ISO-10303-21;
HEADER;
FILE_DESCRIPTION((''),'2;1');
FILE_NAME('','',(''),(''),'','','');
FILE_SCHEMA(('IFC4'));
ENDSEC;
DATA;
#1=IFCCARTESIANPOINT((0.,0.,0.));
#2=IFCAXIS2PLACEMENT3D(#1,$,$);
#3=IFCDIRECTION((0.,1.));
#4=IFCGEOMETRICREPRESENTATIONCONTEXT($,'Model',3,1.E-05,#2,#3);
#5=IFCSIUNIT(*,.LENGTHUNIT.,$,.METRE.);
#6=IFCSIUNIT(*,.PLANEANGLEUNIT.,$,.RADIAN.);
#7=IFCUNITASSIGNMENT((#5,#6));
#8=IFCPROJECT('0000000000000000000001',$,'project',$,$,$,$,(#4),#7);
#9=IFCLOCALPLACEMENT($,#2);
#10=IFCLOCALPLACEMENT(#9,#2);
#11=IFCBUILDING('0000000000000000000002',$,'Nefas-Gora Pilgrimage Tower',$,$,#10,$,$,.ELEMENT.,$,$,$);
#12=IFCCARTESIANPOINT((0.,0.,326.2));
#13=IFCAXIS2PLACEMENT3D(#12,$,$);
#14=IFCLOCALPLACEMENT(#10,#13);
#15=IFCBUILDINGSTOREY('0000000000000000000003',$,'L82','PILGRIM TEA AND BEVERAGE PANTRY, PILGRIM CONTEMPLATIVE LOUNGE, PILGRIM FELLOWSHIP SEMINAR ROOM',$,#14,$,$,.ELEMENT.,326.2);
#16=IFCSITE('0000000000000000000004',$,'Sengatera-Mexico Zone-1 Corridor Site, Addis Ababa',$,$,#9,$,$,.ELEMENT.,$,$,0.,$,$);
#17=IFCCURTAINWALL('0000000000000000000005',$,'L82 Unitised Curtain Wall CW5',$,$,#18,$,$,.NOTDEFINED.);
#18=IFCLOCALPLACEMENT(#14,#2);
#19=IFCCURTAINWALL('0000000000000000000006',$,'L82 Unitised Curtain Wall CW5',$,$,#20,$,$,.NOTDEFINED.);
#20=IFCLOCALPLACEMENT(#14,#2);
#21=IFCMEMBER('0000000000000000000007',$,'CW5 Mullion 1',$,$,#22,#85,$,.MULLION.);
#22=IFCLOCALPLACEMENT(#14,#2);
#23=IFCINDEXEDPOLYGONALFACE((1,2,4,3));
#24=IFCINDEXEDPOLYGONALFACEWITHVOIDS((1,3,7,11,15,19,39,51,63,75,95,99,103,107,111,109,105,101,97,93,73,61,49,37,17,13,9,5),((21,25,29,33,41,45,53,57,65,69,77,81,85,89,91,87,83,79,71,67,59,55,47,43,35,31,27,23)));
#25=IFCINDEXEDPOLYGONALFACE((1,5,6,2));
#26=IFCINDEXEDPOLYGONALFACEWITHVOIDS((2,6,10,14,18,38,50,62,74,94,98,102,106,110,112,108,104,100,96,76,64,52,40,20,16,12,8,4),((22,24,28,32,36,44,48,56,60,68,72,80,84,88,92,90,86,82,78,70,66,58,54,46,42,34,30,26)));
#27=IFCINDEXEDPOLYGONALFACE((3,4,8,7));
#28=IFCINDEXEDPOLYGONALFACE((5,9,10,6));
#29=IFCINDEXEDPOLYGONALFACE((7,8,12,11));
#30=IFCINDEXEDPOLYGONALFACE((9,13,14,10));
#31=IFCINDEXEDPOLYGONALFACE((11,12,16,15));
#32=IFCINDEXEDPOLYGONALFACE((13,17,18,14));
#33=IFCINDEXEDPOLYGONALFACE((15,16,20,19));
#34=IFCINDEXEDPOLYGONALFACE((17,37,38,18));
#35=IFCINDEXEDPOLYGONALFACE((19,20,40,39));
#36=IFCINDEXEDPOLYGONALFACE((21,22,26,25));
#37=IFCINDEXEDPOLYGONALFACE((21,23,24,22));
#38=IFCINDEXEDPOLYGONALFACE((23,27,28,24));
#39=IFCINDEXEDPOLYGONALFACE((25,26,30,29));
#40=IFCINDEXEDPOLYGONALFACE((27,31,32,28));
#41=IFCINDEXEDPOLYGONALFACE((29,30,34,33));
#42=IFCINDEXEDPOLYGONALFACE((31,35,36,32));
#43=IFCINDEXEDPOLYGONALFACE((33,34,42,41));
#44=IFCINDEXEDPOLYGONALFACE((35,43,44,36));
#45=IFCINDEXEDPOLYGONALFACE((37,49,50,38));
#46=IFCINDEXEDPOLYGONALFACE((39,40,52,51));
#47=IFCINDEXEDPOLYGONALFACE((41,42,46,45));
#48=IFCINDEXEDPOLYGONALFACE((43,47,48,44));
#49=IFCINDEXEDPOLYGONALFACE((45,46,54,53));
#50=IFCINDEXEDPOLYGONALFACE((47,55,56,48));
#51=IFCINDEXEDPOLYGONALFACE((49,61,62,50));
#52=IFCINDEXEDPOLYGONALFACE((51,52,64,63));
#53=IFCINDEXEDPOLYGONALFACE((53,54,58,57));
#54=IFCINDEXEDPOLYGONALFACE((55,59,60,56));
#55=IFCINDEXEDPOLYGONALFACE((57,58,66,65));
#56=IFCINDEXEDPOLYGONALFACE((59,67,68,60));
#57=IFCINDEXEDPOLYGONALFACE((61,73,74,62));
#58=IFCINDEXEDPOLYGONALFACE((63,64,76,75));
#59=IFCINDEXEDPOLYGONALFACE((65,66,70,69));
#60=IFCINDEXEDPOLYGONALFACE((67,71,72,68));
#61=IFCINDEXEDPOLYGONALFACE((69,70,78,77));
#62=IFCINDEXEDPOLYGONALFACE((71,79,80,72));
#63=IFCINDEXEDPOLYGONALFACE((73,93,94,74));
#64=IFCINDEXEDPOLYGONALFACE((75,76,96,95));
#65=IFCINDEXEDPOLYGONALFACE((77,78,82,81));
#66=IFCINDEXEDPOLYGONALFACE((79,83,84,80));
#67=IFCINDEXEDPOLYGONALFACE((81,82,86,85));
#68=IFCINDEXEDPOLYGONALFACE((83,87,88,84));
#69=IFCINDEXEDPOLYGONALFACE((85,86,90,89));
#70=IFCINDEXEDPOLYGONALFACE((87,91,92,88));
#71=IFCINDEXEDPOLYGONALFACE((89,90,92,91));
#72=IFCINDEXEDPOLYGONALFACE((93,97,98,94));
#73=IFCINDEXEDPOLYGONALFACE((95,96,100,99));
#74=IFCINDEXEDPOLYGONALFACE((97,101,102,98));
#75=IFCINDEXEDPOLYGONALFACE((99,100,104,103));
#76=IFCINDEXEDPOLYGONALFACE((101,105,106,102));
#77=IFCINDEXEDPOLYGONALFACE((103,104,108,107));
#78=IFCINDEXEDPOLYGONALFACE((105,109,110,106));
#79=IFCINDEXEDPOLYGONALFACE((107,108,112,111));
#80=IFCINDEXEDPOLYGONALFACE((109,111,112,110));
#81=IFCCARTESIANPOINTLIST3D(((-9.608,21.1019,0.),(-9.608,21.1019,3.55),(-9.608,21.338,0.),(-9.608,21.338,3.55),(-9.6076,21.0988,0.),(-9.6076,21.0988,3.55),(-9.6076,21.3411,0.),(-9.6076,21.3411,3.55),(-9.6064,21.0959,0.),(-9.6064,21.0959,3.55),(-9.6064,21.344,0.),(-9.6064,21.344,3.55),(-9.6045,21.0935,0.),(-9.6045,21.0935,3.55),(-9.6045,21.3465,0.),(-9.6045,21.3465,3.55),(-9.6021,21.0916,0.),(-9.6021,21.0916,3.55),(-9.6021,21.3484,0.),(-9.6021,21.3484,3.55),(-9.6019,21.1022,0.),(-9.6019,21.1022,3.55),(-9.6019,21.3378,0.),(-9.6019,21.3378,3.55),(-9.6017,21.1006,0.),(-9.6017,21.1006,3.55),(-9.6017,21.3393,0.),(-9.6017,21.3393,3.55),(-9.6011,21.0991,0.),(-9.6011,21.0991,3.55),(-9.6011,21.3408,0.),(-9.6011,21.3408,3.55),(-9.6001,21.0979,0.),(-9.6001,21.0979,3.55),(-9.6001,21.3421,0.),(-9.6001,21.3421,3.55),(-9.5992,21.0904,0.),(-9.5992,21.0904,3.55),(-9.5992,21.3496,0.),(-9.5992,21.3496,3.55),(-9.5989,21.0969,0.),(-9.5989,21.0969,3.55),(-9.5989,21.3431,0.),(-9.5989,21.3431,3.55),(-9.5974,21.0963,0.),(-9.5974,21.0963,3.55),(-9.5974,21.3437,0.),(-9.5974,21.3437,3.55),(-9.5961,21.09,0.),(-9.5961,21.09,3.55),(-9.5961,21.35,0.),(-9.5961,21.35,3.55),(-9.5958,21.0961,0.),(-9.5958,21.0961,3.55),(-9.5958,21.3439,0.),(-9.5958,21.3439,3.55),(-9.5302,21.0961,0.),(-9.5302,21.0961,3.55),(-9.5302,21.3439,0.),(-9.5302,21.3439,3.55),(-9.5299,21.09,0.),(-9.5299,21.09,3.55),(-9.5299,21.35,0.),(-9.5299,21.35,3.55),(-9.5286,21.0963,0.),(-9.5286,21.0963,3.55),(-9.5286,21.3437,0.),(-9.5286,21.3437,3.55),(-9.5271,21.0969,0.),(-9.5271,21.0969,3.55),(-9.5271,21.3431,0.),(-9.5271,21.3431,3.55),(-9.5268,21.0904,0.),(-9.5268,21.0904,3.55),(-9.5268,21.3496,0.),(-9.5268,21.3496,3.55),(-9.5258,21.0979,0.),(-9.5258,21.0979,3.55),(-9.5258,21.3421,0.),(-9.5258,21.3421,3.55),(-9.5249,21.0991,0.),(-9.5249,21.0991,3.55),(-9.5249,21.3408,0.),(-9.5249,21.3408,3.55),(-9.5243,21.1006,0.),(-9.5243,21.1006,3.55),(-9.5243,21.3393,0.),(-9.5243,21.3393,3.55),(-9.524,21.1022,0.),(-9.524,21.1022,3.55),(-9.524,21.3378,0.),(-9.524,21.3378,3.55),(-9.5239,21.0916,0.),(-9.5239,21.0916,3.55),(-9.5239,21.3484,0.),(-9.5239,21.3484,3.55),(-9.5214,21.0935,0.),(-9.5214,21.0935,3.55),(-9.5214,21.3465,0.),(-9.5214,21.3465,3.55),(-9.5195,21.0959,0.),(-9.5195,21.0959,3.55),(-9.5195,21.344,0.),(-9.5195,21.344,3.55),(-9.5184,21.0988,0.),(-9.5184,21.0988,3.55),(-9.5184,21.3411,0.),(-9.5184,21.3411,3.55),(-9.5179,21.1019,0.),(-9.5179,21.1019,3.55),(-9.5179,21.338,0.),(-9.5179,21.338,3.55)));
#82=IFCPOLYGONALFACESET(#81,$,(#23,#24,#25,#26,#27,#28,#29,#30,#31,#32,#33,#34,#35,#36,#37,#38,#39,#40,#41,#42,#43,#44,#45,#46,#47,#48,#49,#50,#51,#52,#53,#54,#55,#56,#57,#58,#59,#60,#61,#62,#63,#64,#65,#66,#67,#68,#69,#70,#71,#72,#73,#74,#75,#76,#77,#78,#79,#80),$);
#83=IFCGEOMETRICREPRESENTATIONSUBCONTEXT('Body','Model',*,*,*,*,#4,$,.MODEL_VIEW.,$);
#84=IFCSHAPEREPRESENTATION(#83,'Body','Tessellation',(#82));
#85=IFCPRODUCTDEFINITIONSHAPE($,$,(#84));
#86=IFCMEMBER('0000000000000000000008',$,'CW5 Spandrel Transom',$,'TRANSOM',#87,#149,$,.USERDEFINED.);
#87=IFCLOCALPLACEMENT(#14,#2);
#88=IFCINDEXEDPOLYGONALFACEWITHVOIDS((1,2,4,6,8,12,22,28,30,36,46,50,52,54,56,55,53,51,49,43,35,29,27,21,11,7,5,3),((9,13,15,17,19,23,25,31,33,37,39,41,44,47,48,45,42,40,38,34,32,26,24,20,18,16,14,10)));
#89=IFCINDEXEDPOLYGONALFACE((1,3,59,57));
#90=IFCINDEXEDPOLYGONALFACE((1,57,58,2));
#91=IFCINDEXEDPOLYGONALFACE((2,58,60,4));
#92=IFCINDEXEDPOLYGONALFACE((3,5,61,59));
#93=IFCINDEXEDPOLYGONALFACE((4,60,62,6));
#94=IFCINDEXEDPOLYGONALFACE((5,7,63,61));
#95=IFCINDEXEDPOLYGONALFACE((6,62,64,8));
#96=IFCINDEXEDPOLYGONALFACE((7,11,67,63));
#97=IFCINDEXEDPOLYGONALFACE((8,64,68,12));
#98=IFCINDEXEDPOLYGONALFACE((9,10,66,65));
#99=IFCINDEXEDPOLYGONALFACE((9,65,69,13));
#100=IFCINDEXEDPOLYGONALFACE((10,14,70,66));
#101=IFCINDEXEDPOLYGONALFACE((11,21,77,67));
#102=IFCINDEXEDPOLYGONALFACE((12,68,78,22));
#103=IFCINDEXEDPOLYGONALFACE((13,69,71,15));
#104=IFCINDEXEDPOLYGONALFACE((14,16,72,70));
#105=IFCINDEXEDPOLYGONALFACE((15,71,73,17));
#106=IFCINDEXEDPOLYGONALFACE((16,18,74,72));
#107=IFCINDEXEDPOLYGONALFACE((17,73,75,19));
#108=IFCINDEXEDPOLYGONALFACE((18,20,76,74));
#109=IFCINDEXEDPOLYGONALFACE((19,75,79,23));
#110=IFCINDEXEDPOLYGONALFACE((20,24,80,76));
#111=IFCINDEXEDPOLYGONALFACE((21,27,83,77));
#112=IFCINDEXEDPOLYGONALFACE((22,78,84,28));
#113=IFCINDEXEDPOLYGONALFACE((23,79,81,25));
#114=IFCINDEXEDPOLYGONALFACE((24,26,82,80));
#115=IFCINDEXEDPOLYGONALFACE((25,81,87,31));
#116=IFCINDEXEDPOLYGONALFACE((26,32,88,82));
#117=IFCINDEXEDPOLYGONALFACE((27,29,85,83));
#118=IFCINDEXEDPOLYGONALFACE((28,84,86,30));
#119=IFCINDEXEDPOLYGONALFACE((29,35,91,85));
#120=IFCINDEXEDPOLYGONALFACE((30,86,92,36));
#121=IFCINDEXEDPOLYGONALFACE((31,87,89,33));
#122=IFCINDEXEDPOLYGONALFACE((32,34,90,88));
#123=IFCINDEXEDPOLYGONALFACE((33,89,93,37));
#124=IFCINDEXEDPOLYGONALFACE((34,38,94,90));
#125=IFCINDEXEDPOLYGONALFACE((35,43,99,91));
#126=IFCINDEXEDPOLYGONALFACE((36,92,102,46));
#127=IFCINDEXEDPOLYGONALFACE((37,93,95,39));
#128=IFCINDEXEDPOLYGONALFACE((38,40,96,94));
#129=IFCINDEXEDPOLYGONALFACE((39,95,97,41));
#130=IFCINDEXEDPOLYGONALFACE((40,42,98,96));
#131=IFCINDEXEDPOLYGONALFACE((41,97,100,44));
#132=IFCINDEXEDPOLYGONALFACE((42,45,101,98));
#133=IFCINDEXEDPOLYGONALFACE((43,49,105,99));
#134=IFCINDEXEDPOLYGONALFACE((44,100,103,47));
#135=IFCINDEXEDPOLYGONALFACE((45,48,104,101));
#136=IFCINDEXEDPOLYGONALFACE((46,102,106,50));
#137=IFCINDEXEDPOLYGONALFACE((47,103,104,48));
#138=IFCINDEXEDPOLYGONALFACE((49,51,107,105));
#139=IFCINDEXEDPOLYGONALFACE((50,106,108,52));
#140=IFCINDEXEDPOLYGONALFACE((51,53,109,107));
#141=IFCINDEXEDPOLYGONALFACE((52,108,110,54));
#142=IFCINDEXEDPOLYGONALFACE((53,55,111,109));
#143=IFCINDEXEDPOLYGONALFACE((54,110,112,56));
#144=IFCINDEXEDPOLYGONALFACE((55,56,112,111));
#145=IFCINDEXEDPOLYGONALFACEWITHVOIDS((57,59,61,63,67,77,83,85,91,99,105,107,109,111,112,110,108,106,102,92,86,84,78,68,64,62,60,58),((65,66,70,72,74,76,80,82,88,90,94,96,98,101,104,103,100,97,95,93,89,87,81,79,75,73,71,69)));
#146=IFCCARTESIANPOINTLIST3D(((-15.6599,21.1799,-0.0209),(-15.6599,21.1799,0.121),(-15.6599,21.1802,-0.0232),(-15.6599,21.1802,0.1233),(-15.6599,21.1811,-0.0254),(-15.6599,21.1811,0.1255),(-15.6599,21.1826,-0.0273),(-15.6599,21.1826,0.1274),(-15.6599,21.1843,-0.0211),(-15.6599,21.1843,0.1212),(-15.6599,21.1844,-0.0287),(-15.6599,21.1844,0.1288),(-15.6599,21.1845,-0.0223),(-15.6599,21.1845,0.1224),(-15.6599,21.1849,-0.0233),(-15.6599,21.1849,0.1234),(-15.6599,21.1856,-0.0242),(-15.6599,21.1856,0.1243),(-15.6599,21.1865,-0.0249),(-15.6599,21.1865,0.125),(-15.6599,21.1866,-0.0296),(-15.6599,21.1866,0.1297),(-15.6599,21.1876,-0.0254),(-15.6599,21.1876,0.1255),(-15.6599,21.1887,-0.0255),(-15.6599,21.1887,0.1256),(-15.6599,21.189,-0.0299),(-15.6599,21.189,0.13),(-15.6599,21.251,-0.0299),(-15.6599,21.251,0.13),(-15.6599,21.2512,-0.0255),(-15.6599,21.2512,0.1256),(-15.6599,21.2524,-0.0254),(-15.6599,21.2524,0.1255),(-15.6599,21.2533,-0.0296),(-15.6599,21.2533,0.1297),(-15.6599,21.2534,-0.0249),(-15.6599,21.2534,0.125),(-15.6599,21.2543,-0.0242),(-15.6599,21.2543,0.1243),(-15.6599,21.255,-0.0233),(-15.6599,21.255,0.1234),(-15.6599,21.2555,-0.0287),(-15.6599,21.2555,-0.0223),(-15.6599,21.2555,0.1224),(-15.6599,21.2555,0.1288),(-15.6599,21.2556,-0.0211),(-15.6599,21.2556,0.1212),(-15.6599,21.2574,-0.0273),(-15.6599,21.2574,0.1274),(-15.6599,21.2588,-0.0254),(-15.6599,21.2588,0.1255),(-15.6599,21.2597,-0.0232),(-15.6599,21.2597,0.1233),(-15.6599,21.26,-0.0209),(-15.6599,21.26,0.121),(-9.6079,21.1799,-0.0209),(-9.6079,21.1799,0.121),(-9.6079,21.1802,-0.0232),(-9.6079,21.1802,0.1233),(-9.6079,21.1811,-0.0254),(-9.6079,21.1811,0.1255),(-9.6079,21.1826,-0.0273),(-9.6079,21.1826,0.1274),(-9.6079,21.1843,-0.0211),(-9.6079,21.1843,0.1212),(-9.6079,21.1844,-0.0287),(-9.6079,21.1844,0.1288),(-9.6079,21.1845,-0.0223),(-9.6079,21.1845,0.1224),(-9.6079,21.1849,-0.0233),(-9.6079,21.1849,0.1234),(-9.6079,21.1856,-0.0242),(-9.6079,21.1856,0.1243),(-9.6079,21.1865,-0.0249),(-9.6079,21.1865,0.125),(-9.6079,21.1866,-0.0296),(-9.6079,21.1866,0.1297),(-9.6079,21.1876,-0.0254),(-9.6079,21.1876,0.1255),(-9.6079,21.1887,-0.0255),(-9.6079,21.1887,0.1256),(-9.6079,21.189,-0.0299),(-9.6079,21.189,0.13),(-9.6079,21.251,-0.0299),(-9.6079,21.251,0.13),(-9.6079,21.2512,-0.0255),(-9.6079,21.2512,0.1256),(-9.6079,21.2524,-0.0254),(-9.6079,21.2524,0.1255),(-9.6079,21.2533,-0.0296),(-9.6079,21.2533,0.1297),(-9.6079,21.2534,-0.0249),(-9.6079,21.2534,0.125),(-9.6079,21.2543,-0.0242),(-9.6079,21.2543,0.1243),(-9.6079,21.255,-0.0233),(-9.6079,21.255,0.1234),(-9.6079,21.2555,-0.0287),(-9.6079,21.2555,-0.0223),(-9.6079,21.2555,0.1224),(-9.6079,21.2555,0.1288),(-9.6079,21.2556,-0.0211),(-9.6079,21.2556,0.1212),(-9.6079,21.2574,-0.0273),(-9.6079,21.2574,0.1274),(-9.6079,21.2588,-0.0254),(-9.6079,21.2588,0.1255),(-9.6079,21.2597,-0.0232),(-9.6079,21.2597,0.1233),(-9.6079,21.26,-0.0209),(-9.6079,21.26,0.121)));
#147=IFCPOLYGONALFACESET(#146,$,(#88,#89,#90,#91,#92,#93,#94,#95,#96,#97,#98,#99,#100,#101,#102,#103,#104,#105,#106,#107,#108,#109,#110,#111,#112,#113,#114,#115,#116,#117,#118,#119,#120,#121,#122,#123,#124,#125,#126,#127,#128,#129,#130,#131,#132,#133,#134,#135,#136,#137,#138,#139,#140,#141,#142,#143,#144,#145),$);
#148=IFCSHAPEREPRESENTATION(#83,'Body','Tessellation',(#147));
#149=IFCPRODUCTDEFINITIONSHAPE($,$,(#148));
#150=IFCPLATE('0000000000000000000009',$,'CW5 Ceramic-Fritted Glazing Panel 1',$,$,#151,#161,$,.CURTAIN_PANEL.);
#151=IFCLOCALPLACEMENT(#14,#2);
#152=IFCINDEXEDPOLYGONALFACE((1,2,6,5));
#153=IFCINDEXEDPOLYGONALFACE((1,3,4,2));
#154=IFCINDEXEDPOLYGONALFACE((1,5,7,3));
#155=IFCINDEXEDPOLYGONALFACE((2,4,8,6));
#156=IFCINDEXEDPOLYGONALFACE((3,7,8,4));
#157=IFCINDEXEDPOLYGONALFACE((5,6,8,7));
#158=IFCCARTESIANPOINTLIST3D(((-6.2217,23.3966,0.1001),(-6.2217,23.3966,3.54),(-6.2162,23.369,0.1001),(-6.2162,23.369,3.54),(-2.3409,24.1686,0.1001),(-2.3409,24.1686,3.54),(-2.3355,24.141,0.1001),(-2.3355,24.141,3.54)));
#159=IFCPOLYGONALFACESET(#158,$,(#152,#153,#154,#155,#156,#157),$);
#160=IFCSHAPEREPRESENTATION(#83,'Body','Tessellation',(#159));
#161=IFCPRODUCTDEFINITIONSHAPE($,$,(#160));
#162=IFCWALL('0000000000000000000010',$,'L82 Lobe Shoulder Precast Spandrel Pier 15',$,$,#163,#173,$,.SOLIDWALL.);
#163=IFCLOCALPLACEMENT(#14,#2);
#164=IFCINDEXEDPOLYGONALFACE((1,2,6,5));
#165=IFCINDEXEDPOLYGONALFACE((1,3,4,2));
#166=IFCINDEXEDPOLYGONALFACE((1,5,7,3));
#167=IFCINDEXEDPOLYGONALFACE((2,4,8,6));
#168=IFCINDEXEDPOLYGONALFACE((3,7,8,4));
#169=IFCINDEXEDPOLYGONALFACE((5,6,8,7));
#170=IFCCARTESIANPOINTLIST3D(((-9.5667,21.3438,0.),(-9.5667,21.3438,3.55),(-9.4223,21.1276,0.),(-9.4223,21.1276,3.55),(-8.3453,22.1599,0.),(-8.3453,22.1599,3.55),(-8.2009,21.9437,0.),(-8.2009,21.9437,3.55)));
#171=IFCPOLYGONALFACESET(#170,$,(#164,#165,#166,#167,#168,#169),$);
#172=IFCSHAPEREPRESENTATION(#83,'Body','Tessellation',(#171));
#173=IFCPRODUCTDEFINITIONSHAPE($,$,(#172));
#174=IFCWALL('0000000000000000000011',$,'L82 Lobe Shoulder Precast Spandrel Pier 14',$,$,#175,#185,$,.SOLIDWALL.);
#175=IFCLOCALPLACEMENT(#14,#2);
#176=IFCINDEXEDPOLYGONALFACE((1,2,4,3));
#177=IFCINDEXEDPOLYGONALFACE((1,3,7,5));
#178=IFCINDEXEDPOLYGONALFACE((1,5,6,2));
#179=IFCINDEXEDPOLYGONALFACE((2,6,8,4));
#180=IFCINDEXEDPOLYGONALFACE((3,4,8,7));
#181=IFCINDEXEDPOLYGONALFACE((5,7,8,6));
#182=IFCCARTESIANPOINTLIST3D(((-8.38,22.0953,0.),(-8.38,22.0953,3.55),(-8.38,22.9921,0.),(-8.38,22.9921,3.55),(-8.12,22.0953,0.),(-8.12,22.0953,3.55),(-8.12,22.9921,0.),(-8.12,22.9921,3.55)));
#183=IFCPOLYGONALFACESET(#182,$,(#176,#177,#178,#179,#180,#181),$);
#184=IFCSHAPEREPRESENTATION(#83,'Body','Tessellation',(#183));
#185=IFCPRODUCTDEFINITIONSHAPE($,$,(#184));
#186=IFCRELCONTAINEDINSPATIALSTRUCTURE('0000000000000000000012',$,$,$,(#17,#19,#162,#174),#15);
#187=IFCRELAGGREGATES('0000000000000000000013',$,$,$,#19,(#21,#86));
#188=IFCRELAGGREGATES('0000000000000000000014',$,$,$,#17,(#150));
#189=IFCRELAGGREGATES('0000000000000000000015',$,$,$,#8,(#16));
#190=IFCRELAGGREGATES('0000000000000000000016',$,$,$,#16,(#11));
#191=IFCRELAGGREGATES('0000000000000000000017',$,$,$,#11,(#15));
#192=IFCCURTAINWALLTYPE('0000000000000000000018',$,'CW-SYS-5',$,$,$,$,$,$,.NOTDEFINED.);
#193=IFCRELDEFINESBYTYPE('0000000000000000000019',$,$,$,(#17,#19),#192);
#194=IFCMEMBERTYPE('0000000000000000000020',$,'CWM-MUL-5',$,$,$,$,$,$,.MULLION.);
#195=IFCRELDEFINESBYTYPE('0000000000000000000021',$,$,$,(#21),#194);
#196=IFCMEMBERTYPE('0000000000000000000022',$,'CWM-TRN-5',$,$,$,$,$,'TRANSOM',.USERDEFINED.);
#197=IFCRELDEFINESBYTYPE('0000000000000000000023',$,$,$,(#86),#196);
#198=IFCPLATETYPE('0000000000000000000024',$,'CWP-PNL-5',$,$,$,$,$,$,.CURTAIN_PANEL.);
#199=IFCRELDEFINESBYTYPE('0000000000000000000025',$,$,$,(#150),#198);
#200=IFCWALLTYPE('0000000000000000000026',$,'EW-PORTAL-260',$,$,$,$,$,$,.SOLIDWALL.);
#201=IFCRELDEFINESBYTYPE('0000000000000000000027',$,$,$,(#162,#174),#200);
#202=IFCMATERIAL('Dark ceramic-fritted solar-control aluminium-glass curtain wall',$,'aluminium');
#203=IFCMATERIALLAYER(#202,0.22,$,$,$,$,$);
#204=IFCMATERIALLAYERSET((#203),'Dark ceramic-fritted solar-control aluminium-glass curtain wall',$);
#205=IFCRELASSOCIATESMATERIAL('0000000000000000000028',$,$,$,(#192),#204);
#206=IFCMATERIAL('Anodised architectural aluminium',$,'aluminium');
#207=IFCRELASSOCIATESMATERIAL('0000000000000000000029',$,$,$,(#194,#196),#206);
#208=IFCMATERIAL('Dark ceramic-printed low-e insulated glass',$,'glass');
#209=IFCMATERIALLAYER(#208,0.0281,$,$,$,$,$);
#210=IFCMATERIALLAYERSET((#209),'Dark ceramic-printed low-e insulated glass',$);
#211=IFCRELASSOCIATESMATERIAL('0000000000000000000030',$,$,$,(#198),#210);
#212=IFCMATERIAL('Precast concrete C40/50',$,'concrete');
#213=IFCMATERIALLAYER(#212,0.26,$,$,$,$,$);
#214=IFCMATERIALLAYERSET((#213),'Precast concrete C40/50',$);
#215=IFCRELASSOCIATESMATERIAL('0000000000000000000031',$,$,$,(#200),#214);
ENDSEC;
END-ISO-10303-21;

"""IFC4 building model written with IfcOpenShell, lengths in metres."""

from ifc_helpers import new_model, si_unit, direction, frame, frame_2d, origin, origin_2d, place, context, subcontext, project, spatial, rectangle, hollow_rectangle, extrude, source, transform, mapped, material, layer, layer_set, material_profile, profile_set, type_object, element, aggregate, save


model = new_model("IFC4")

# Units and contexts
model_context = context("Model", 3, precision=1e-05, world=origin(), true_north=direction((0.0, 1.0)))
body_context = subcontext(model_context, "Body", "Model", "MODEL_VIEW")
ifc_project = project(units=[si_unit("LENGTHUNIT", "METRE"), si_unit("PLANEANGLEUNIT", "RADIAN")], contexts=[model_context])

# Site, building, storey
site_placement = place(None, origin())
site = spatial("IfcSite", under=ifc_project, at=site_placement, Name="Sengatera-Mexico Zone-1 Corridor Site, Addis Ababa", CompositionType="ELEMENT", RefElevation=0.0)
building_placement = place(site_placement, origin())
building = spatial("IfcBuilding", under=site, at=building_placement, Name="Nefas-Gora Pilgrimage Tower", CompositionType="ELEMENT")
storey_placement = place(building_placement, frame((0.0, 0.0, 326.2)))
storey = spatial("IfcBuildingStorey", under=building, at=storey_placement, Name="L82", Description="PILGRIM TEA AND BEVERAGE PANTRY, PILGRIM CONTEMPLATIVE LOUNGE, PILGRIM FELLOWSHIP SEMINAR ROOM", CompositionType="ELEMENT", Elevation=326.2)

# Curtain wall
ifc_material_1 = material(Name="Dark ceramic-fritted solar-control aluminium-glass curtain wall", Category="aluminium")
ifc_layer_1 = layer(ifc_material_1, 0.22)
ifc_layer_set_1 = layer_set([ifc_layer_1], Name="Dark ceramic-fritted solar-control aluminium-glass curtain wall")
curtain_wall_type = type_object("IfcCurtainWallType", Name="CW-SYS-5", PredefinedType="NOTDEFINED", material=ifc_layer_set_1)
curtain_wall_1_placement = place(storey_placement, origin())
curtain_wall_1 = element("IfcCurtainWall", 1, at=curtain_wall_1_placement, inside=storey, type_object=curtain_wall_type, Name="L82 Unitised Curtain Wall CW5", PredefinedType="NOTDEFINED")
ifc_material_2 = material(Name="Anodised architectural aluminium", Category="aluminium")
ifc_material_profile_1 = material_profile(ifc_material_2, hollow_rectangle(XDim=0.0901, YDim=0.26, WallThickness=0.0061, InnerFilletRadius=0.0061, OuterFilletRadius=0.012, at=origin_2d()), Name="ALU MULLION 90x260")
ifc_profile_set_1 = profile_set([ifc_material_profile_1], Name="Anodised architectural aluminium")
member_type_1 = type_object("IfcMemberType", Name="CWM-MUL-5", PredefinedType="MULLION", material=ifc_profile_set_1)
shared_shape_1 = source(origin(), body_context, "Body", "SweptSolid", [
    extrude(hollow_rectangle(XDim=0.0901, YDim=0.26, WallThickness=0.0061, InnerFilletRadius=0.0061, OuterFilletRadius=0.012, at=origin_2d()), origin(), (0.0, 0.0, 1.0), 3.55),
])

# Curtain wall, members
curtain_wall_2_placement = place(storey_placement, origin())
curtain_wall_2 = element("IfcCurtainWall", 2, at=curtain_wall_2_placement, inside=storey, type_object=curtain_wall_type, Name="L82 Unitised Curtain Wall CW5", PredefinedType="NOTDEFINED")
member_1_placement = place(storey_placement, frame((-9.563, 21.22, 0.0), z_axis=(0.0, 0.0, 1.0), x_axis=(-1.0, 0.0, 0.0)))
member_1 = element("IfcMember", 3, at=member_1_placement, type_object=member_type_1, Name="CW5 Mullion 1", PredefinedType="MULLION", context=body_context, shape_type="MappedRepresentation", body=[
    mapped(shared_shape_1, transform((0.0, 0.0, 0.0), x_axis=(1.0, 0.0, 0.0), y_axis=(0.0, 1.0, 0.0), z_axis=(0.0, 0.0, 1.0), scale=1.0)),
])
ifc_material_profile_2 = material_profile(ifc_material_2, hollow_rectangle(XDim=0.0801, YDim=0.1599, WallThickness=0.0044, InnerFilletRadius=0.0044, OuterFilletRadius=0.009, at=origin_2d()), Name="ALU TRANSOM 80x160")
ifc_profile_set_2 = profile_set([ifc_material_profile_2], Name="Anodised architectural aluminium")
member_type_2 = type_object("IfcMemberType", Name="CWM-TRN-5", ElementType="TRANSOM", PredefinedType="USERDEFINED", material=ifc_profile_set_2)
shared_shape_2 = source(origin(), body_context, "Body", "SweptSolid", [
    extrude(hollow_rectangle(XDim=0.0801, YDim=0.1599, WallThickness=0.0044, InnerFilletRadius=0.0044, OuterFilletRadius=0.009, at=origin_2d()), origin(), (0.0, 0.0, 1.0), 6.052),
])
member_2_placement = place(storey_placement, frame((-9.6079, 21.22, 0.05), z_axis=(-1.0, 0.0, 0.0), x_axis=(0.0, -1.0, 0.0)))
member_2 = element("IfcMember", 4, at=member_2_placement, type_object=member_type_2, Name="CW5 Spandrel Transom", ObjectType="TRANSOM", PredefinedType="USERDEFINED", context=body_context, shape_type="MappedRepresentation", body=[
    mapped(shared_shape_2, transform((0.0, 0.0, 0.0), x_axis=(1.0, 0.0, 0.0), y_axis=(0.0, 1.0, 0.0), z_axis=(0.0, 0.0, 1.0), scale=1.0)),
])
aggregate(curtain_wall_2, [member_1, member_2])

# Plate
ifc_material_3 = material(Name="Dark ceramic-printed low-e insulated glass", Category="glass")
ifc_layer_2 = layer(ifc_material_3, 0.0281)
ifc_layer_set_2 = layer_set([ifc_layer_2], Name="Dark ceramic-printed low-e insulated glass")
plate_type = type_object("IfcPlateType", Name="CWP-PNL-5", PredefinedType="CURTAIN_PANEL", material=ifc_layer_set_2)
shared_shape_3 = source(origin(), body_context, "Body", "SweptSolid", [
    extrude(rectangle(XDim=3.9568, YDim=0.0281, at=origin_2d()), origin(), (0.0, 0.0, 1.0), 3.4399),
])
plate_placement = place(storey_placement, frame((-4.2786, 23.7688, 0.1001), z_axis=(0.0, 0.0, 1.0), x_axis=(-0.980783, -0.195102, 0.0)))
plate = element("IfcPlate", 5, at=plate_placement, type_object=plate_type, Name="CW5 Ceramic-Fritted Glazing Panel 1", PredefinedType="CURTAIN_PANEL", context=body_context, shape_type="MappedRepresentation", body=[
    mapped(shared_shape_3, transform((0.0, 0.0, 0.0), x_axis=(1.0, 0.0, 0.0), y_axis=(0.0, 1.0, 0.0), z_axis=(0.0, 0.0, 1.0), scale=1.0)),
])
aggregate(curtain_wall_1, [plate])

# Walls
ifc_material_4 = material(Name="Precast concrete C40/50", Category="concrete")
ifc_layer_3 = layer(ifc_material_4, 0.26)
ifc_layer_set_3 = layer_set([ifc_layer_3], Name="Precast concrete C40/50")
wall_type_1 = type_object("IfcWallType", Name="EW-PORTAL-260", PredefinedType="SOLIDWALL", material=ifc_layer_set_3)
shared_shape_4 = source(origin(), body_context, "Body", "SweptSolid", [
    extrude(rectangle(XDim=1.469, YDim=0.26, at=frame_2d((0.7344, 0.0))), origin(), (0.0, 0.0, 1.0), 3.55),
])
wall_1_placement = place(storey_placement, frame((-8.2732, 22.0518, 0.0), z_axis=(0.0, 0.0, 1.0), x_axis=(-0.831462, -0.555582, 0.0)))
element("IfcWall", 6, at=wall_1_placement, inside=storey, type_object=wall_type_1, Name="L82 Lobe Shoulder Precast Spandrel Pier 15", PredefinedType="SOLIDWALL", context=body_context, shape_type="MappedRepresentation", body=[
    mapped(shared_shape_4, transform((0.0, 0.0, 0.0), x_axis=(1.0, 0.0, 0.0), y_axis=(0.0, 1.0, 0.0), z_axis=(0.0, 0.0, 1.0), scale=1.0)),
])
shared_shape_5 = source(origin(), body_context, "Body", "SweptSolid", [
    extrude(rectangle(XDim=0.8967, YDim=0.26, at=frame_2d((0.4482, 0.0))), origin(), (0.0, 0.0, 1.0), 3.55),
])
wall_2_placement = place(storey_placement, frame((-8.25, 22.9919, 0.0), z_axis=(0.0, 0.0, 1.0), x_axis=(0.0, -1.0, 0.0)))
element("IfcWall", 7, at=wall_2_placement, inside=storey, type_object=wall_type_1, Name="L82 Lobe Shoulder Precast Spandrel Pier 14", PredefinedType="SOLIDWALL", context=body_context, shape_type="MappedRepresentation", body=[
    mapped(shared_shape_5, transform((0.0, 0.0, 0.0), x_axis=(1.0, 0.0, 0.0), y_axis=(0.0, 1.0, 0.0), z_axis=(0.0, 0.0, 1.0), scale=1.0)),
])

save(model, "model.ifc")
